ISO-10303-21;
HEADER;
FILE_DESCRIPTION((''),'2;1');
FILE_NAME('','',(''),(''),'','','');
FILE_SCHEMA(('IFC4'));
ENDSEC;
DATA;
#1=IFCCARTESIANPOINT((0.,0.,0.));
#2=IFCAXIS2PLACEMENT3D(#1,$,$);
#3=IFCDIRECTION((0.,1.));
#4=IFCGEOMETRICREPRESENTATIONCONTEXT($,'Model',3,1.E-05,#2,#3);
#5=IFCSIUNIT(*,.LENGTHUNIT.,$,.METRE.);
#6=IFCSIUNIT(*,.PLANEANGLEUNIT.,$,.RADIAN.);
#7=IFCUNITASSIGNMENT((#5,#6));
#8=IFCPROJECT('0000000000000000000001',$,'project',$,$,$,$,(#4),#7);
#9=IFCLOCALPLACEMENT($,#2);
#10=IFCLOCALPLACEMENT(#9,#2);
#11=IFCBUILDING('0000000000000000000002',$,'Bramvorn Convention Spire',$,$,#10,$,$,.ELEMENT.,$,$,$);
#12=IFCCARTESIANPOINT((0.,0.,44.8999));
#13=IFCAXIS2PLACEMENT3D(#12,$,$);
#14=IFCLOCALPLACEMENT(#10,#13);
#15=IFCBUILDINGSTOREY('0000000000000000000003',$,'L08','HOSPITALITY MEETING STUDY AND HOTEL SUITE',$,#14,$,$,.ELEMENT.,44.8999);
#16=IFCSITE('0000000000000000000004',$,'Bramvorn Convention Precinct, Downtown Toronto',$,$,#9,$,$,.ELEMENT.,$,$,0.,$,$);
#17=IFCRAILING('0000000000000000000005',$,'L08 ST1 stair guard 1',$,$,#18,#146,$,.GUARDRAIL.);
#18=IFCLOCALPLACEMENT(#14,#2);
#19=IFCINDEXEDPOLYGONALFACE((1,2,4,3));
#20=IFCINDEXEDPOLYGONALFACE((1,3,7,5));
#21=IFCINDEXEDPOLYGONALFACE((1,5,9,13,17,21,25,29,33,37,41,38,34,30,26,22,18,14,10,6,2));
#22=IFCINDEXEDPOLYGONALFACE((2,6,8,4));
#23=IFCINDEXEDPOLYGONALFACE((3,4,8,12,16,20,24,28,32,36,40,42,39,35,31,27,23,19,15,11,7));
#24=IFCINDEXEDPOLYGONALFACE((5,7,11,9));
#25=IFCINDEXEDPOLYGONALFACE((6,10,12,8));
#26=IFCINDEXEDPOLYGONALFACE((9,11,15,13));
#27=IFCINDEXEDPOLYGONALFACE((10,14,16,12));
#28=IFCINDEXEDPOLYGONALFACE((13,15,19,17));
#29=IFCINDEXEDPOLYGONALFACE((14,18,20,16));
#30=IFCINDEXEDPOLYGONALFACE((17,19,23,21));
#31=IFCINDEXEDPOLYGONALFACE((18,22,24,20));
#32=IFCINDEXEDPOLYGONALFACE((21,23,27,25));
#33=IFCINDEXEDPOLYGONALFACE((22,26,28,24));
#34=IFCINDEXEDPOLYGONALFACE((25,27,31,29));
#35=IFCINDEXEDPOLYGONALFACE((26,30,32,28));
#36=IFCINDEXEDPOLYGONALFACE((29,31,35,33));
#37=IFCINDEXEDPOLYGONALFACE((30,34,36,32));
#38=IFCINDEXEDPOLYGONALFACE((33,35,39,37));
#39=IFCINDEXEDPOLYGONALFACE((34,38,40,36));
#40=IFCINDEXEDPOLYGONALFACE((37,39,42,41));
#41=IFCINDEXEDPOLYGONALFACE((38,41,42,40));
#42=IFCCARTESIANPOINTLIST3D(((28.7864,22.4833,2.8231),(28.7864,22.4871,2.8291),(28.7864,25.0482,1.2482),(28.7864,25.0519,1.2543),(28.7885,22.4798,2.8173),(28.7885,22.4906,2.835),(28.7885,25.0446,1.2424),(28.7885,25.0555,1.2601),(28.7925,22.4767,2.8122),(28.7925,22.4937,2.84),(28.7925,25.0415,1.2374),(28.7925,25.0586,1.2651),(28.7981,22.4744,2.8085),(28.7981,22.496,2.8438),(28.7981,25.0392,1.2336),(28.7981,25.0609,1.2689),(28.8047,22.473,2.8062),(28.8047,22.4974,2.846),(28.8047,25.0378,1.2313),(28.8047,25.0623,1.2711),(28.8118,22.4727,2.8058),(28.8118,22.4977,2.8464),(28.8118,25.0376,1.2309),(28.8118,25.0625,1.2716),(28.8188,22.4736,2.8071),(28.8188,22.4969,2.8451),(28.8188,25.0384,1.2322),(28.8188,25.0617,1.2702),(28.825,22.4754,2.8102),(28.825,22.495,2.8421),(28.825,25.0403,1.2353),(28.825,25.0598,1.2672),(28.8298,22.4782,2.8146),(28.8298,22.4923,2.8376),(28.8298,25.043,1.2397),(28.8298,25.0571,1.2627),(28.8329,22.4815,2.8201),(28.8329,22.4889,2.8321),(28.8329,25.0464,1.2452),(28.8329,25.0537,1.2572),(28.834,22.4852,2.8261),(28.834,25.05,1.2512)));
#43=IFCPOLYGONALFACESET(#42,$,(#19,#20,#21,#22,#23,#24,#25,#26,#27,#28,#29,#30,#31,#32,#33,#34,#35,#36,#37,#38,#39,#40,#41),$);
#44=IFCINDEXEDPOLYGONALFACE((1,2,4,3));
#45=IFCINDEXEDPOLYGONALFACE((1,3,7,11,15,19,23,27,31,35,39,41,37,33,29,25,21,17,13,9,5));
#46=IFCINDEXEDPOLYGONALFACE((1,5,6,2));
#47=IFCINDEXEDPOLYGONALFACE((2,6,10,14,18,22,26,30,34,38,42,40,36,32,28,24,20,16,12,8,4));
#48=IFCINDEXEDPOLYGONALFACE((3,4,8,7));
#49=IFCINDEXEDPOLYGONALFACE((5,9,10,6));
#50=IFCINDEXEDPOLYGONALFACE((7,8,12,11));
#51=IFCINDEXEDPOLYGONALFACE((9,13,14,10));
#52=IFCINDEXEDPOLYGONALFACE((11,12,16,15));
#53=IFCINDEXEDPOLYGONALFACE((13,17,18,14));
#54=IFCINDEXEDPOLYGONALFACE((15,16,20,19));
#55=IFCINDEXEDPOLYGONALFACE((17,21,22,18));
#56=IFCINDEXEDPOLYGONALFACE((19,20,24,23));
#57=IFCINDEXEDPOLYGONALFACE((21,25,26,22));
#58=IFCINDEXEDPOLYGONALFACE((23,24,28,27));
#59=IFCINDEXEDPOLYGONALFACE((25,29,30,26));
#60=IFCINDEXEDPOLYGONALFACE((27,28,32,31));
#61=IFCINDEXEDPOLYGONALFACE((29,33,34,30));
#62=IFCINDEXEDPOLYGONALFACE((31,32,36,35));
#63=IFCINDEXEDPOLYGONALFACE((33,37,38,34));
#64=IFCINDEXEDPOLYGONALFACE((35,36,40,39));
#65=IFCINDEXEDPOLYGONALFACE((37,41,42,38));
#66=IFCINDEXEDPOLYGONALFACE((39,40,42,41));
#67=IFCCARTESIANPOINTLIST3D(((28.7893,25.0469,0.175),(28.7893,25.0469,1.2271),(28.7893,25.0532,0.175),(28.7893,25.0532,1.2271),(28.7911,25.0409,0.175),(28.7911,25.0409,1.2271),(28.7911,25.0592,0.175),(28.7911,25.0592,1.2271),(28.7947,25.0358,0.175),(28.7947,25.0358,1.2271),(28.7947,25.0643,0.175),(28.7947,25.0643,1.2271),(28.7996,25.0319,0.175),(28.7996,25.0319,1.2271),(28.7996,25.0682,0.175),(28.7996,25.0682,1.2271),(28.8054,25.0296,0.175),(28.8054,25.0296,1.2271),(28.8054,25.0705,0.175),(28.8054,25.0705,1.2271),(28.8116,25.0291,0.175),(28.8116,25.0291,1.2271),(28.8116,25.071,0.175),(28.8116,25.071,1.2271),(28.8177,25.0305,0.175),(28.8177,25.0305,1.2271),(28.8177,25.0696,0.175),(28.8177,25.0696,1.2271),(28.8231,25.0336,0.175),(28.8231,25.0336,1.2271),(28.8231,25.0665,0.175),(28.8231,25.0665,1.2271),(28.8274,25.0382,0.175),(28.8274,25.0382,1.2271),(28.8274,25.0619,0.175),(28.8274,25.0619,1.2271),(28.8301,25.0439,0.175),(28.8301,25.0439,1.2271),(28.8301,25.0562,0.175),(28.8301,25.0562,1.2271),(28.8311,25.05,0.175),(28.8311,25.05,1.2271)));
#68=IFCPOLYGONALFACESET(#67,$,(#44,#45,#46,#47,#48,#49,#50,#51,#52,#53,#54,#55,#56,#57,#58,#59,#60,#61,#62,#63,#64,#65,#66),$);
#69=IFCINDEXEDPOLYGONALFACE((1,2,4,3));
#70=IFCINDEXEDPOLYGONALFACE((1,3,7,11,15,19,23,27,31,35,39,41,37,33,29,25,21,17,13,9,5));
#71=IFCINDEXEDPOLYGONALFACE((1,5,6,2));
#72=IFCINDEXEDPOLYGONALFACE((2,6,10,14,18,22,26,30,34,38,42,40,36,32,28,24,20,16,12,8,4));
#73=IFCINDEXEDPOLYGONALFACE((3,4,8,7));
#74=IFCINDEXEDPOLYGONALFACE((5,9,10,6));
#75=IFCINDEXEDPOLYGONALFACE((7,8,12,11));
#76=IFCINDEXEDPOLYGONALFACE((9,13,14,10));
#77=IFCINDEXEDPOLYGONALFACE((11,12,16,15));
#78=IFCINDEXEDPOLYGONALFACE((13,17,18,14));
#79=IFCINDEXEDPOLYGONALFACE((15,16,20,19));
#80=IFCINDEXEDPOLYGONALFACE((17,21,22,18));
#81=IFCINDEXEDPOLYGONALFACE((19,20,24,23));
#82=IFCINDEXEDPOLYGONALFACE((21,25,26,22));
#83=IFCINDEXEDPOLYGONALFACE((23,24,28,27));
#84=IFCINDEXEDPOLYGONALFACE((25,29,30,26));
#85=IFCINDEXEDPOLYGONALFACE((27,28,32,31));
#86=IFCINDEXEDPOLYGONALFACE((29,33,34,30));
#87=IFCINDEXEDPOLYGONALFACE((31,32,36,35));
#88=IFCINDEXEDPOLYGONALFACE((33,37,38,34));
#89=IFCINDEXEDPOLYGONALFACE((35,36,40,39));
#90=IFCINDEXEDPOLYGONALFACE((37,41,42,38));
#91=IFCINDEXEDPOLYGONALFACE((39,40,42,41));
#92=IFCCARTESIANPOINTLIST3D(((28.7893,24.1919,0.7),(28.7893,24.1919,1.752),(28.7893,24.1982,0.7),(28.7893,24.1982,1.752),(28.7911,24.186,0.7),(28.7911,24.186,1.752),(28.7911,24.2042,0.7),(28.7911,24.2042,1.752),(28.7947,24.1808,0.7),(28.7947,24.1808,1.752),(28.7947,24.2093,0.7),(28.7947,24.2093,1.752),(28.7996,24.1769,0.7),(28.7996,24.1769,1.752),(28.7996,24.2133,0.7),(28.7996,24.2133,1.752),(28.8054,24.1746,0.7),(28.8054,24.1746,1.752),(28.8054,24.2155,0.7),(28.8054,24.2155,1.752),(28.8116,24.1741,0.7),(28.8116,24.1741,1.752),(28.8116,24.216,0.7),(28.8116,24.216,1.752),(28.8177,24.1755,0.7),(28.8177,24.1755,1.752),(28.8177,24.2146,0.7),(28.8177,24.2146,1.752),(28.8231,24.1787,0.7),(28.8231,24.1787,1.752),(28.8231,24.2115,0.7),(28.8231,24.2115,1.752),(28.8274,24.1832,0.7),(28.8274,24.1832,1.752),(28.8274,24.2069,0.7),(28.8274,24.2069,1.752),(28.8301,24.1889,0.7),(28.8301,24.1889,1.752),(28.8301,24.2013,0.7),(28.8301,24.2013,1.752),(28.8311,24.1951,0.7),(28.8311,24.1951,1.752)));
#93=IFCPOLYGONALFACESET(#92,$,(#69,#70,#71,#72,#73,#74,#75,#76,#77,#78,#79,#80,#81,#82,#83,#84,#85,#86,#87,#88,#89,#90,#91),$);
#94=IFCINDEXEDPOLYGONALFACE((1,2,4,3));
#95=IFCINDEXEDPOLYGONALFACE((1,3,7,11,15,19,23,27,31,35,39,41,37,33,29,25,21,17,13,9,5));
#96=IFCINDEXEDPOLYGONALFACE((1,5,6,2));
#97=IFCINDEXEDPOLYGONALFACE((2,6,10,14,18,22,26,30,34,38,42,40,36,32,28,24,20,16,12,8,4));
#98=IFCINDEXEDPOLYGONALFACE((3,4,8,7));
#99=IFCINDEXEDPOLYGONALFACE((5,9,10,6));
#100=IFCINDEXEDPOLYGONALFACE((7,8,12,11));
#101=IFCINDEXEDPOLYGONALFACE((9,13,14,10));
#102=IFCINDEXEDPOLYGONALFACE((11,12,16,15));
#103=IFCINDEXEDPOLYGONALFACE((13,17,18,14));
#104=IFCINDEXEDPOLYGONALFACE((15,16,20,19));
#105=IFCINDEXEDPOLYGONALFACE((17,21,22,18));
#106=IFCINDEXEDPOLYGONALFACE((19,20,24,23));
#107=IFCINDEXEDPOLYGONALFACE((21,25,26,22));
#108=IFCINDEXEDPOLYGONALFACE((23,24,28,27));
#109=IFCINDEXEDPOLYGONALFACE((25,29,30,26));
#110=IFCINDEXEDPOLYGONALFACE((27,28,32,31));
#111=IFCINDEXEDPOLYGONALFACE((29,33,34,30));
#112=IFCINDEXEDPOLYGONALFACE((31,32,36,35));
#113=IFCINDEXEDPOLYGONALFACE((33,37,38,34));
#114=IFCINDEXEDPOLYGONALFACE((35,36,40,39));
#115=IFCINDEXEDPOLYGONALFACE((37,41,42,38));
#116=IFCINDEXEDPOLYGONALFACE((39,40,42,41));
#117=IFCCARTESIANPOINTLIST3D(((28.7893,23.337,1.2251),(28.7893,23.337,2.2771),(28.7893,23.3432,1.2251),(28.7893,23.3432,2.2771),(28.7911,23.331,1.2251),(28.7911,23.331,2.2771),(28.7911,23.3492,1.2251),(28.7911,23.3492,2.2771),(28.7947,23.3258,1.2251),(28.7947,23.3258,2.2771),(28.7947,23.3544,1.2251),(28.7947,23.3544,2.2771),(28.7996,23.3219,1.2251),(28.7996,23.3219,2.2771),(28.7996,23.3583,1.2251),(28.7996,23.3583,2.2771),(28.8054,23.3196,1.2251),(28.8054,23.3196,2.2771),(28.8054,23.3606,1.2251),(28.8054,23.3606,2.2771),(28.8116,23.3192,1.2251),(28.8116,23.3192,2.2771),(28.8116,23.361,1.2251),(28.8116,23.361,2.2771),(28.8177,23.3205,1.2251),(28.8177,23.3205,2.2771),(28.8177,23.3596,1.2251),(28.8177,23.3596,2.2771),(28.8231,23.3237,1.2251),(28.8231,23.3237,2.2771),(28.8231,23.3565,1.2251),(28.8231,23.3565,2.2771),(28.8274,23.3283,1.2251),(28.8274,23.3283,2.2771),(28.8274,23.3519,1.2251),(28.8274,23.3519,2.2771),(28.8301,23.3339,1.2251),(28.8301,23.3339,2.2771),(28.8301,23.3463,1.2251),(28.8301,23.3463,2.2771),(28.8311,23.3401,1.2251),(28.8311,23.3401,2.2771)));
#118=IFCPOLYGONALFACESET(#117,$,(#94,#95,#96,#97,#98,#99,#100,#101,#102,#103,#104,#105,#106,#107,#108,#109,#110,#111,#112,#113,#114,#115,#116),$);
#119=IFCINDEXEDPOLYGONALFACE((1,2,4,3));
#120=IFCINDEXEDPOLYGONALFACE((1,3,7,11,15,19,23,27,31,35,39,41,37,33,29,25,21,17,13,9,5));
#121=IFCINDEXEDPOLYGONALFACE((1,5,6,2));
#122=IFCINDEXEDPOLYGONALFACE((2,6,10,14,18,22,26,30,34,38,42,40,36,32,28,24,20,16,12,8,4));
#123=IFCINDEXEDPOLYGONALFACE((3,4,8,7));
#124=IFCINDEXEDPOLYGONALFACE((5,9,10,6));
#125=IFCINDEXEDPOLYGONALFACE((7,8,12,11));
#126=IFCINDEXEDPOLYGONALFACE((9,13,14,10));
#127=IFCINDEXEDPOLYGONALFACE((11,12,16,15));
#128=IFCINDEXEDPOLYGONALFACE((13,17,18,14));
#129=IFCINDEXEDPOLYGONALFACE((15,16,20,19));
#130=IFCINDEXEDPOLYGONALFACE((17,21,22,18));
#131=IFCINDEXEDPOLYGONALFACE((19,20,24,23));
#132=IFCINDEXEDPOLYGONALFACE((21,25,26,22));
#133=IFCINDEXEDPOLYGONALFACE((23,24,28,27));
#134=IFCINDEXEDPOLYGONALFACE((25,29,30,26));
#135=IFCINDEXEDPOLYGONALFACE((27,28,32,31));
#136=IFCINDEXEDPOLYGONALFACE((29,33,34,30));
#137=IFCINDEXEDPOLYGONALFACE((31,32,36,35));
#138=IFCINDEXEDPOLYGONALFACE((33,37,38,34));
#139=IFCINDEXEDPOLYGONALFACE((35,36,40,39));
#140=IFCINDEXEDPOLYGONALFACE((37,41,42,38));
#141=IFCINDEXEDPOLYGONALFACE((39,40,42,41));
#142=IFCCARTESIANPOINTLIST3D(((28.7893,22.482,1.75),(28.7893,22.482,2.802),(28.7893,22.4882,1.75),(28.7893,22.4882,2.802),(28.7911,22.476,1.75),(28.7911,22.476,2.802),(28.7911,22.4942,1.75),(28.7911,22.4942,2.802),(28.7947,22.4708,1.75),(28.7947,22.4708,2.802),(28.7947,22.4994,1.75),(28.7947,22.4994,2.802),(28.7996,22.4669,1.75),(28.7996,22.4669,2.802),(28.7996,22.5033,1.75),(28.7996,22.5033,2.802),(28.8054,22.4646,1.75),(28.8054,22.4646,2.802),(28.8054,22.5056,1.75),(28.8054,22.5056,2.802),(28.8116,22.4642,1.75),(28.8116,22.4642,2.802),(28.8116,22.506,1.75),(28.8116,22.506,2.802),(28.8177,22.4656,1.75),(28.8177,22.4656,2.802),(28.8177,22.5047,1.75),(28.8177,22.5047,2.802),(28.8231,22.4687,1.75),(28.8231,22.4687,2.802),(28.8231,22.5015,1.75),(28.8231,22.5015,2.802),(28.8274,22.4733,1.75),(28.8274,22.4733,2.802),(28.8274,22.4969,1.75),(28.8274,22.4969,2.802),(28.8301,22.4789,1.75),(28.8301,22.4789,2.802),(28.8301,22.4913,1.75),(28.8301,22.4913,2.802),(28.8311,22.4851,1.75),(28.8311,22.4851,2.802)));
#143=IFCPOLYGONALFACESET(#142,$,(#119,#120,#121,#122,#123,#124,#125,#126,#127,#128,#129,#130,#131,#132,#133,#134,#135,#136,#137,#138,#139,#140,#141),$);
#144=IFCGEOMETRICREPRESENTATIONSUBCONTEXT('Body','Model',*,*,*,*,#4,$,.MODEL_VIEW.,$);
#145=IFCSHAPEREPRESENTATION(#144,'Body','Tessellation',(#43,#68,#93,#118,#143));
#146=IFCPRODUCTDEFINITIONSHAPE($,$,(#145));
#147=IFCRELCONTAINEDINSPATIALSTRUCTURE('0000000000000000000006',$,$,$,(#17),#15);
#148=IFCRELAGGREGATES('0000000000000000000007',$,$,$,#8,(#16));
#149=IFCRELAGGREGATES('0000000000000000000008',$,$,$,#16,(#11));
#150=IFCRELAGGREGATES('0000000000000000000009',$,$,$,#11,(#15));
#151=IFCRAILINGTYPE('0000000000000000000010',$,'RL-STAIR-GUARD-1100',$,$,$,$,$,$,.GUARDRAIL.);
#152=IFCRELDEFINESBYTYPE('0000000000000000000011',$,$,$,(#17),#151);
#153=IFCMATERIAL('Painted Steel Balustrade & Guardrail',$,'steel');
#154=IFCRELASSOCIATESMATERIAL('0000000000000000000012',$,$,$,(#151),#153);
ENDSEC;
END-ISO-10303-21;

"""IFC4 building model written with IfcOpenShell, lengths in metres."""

from ifc_helpers import new_model, si_unit, direction, frame, origin, origin_2d, place, context, subcontext, project, spatial, circle, extrude, material, type_object, element, save


model = new_model("IFC4")

# Units and contexts
model_context = context("Model", 3, precision=1e-05, world=origin(), true_north=direction((0.0, 1.0)))
body_context = subcontext(model_context, "Body", "Model", "MODEL_VIEW")
ifc_project = project(units=[si_unit("LENGTHUNIT", "METRE"), si_unit("PLANEANGLEUNIT", "RADIAN")], contexts=[model_context])

# Site, building, storey
site_placement = place(None, origin())
site = spatial("IfcSite", under=ifc_project, at=site_placement, Name="Bramvorn Convention Precinct, Downtown Toronto", CompositionType="ELEMENT", RefElevation=0.0)
building_placement = place(site_placement, origin())
building = spatial("IfcBuilding", under=site, at=building_placement, Name="Bramvorn Convention Spire", CompositionType="ELEMENT")
storey_placement = place(building_placement, frame((0.0, 0.0, 44.8999)))
storey = spatial("IfcBuildingStorey", under=building, at=storey_placement, Name="L08", Description="HOSPITALITY MEETING STUDY AND HOTEL SUITE", CompositionType="ELEMENT", Elevation=44.8999)

# Railing
ifc_material_1 = material(Name="Painted Steel Balustrade & Guardrail", Category="steel")
railing_type_1 = type_object("IfcRailingType", Name="RL-STAIR-GUARD-1100", PredefinedType="GUARDRAIL", material=ifc_material_1)
railing_1_placement = place(storey_placement, frame((28.8101, 25.05, 0.175)))
element("IfcRailing", 1, at=railing_1_placement, inside=storey, type_object=railing_type_1, Name="L08 ST1 stair guard 1", PredefinedType="GUARDRAIL", context=body_context, shape_type="SweptSolid", body=[
    extrude(circle(Radius=0.0239, at=origin_2d()), frame((0.0, 0.0, 1.0762), z_axis=(0.0, -0.852173, 0.52326), x_axis=(1.0, 0.0, 0.0)), (0.0, 0.0, 1.0), 3.0098),
    extrude(circle(Radius=0.021, at=origin_2d()), origin(), (0.0, 0.0, 1.0), 1.052),
    extrude(circle(Radius=0.021, at=origin_2d()), frame((0.0, -0.855, 0.5249)), (0.0, 0.0, 1.0), 1.052),
    extrude(circle(Radius=0.021, at=origin_2d()), frame((0.0, -1.71, 1.05)), (0.0, 0.0, 1.0), 1.052),
    extrude(circle(Radius=0.021, at=origin_2d()), frame((0.0, -2.5649, 1.575)), (0.0, 0.0, 1.0), 1.052),
])

save(model, "model.ifc")
